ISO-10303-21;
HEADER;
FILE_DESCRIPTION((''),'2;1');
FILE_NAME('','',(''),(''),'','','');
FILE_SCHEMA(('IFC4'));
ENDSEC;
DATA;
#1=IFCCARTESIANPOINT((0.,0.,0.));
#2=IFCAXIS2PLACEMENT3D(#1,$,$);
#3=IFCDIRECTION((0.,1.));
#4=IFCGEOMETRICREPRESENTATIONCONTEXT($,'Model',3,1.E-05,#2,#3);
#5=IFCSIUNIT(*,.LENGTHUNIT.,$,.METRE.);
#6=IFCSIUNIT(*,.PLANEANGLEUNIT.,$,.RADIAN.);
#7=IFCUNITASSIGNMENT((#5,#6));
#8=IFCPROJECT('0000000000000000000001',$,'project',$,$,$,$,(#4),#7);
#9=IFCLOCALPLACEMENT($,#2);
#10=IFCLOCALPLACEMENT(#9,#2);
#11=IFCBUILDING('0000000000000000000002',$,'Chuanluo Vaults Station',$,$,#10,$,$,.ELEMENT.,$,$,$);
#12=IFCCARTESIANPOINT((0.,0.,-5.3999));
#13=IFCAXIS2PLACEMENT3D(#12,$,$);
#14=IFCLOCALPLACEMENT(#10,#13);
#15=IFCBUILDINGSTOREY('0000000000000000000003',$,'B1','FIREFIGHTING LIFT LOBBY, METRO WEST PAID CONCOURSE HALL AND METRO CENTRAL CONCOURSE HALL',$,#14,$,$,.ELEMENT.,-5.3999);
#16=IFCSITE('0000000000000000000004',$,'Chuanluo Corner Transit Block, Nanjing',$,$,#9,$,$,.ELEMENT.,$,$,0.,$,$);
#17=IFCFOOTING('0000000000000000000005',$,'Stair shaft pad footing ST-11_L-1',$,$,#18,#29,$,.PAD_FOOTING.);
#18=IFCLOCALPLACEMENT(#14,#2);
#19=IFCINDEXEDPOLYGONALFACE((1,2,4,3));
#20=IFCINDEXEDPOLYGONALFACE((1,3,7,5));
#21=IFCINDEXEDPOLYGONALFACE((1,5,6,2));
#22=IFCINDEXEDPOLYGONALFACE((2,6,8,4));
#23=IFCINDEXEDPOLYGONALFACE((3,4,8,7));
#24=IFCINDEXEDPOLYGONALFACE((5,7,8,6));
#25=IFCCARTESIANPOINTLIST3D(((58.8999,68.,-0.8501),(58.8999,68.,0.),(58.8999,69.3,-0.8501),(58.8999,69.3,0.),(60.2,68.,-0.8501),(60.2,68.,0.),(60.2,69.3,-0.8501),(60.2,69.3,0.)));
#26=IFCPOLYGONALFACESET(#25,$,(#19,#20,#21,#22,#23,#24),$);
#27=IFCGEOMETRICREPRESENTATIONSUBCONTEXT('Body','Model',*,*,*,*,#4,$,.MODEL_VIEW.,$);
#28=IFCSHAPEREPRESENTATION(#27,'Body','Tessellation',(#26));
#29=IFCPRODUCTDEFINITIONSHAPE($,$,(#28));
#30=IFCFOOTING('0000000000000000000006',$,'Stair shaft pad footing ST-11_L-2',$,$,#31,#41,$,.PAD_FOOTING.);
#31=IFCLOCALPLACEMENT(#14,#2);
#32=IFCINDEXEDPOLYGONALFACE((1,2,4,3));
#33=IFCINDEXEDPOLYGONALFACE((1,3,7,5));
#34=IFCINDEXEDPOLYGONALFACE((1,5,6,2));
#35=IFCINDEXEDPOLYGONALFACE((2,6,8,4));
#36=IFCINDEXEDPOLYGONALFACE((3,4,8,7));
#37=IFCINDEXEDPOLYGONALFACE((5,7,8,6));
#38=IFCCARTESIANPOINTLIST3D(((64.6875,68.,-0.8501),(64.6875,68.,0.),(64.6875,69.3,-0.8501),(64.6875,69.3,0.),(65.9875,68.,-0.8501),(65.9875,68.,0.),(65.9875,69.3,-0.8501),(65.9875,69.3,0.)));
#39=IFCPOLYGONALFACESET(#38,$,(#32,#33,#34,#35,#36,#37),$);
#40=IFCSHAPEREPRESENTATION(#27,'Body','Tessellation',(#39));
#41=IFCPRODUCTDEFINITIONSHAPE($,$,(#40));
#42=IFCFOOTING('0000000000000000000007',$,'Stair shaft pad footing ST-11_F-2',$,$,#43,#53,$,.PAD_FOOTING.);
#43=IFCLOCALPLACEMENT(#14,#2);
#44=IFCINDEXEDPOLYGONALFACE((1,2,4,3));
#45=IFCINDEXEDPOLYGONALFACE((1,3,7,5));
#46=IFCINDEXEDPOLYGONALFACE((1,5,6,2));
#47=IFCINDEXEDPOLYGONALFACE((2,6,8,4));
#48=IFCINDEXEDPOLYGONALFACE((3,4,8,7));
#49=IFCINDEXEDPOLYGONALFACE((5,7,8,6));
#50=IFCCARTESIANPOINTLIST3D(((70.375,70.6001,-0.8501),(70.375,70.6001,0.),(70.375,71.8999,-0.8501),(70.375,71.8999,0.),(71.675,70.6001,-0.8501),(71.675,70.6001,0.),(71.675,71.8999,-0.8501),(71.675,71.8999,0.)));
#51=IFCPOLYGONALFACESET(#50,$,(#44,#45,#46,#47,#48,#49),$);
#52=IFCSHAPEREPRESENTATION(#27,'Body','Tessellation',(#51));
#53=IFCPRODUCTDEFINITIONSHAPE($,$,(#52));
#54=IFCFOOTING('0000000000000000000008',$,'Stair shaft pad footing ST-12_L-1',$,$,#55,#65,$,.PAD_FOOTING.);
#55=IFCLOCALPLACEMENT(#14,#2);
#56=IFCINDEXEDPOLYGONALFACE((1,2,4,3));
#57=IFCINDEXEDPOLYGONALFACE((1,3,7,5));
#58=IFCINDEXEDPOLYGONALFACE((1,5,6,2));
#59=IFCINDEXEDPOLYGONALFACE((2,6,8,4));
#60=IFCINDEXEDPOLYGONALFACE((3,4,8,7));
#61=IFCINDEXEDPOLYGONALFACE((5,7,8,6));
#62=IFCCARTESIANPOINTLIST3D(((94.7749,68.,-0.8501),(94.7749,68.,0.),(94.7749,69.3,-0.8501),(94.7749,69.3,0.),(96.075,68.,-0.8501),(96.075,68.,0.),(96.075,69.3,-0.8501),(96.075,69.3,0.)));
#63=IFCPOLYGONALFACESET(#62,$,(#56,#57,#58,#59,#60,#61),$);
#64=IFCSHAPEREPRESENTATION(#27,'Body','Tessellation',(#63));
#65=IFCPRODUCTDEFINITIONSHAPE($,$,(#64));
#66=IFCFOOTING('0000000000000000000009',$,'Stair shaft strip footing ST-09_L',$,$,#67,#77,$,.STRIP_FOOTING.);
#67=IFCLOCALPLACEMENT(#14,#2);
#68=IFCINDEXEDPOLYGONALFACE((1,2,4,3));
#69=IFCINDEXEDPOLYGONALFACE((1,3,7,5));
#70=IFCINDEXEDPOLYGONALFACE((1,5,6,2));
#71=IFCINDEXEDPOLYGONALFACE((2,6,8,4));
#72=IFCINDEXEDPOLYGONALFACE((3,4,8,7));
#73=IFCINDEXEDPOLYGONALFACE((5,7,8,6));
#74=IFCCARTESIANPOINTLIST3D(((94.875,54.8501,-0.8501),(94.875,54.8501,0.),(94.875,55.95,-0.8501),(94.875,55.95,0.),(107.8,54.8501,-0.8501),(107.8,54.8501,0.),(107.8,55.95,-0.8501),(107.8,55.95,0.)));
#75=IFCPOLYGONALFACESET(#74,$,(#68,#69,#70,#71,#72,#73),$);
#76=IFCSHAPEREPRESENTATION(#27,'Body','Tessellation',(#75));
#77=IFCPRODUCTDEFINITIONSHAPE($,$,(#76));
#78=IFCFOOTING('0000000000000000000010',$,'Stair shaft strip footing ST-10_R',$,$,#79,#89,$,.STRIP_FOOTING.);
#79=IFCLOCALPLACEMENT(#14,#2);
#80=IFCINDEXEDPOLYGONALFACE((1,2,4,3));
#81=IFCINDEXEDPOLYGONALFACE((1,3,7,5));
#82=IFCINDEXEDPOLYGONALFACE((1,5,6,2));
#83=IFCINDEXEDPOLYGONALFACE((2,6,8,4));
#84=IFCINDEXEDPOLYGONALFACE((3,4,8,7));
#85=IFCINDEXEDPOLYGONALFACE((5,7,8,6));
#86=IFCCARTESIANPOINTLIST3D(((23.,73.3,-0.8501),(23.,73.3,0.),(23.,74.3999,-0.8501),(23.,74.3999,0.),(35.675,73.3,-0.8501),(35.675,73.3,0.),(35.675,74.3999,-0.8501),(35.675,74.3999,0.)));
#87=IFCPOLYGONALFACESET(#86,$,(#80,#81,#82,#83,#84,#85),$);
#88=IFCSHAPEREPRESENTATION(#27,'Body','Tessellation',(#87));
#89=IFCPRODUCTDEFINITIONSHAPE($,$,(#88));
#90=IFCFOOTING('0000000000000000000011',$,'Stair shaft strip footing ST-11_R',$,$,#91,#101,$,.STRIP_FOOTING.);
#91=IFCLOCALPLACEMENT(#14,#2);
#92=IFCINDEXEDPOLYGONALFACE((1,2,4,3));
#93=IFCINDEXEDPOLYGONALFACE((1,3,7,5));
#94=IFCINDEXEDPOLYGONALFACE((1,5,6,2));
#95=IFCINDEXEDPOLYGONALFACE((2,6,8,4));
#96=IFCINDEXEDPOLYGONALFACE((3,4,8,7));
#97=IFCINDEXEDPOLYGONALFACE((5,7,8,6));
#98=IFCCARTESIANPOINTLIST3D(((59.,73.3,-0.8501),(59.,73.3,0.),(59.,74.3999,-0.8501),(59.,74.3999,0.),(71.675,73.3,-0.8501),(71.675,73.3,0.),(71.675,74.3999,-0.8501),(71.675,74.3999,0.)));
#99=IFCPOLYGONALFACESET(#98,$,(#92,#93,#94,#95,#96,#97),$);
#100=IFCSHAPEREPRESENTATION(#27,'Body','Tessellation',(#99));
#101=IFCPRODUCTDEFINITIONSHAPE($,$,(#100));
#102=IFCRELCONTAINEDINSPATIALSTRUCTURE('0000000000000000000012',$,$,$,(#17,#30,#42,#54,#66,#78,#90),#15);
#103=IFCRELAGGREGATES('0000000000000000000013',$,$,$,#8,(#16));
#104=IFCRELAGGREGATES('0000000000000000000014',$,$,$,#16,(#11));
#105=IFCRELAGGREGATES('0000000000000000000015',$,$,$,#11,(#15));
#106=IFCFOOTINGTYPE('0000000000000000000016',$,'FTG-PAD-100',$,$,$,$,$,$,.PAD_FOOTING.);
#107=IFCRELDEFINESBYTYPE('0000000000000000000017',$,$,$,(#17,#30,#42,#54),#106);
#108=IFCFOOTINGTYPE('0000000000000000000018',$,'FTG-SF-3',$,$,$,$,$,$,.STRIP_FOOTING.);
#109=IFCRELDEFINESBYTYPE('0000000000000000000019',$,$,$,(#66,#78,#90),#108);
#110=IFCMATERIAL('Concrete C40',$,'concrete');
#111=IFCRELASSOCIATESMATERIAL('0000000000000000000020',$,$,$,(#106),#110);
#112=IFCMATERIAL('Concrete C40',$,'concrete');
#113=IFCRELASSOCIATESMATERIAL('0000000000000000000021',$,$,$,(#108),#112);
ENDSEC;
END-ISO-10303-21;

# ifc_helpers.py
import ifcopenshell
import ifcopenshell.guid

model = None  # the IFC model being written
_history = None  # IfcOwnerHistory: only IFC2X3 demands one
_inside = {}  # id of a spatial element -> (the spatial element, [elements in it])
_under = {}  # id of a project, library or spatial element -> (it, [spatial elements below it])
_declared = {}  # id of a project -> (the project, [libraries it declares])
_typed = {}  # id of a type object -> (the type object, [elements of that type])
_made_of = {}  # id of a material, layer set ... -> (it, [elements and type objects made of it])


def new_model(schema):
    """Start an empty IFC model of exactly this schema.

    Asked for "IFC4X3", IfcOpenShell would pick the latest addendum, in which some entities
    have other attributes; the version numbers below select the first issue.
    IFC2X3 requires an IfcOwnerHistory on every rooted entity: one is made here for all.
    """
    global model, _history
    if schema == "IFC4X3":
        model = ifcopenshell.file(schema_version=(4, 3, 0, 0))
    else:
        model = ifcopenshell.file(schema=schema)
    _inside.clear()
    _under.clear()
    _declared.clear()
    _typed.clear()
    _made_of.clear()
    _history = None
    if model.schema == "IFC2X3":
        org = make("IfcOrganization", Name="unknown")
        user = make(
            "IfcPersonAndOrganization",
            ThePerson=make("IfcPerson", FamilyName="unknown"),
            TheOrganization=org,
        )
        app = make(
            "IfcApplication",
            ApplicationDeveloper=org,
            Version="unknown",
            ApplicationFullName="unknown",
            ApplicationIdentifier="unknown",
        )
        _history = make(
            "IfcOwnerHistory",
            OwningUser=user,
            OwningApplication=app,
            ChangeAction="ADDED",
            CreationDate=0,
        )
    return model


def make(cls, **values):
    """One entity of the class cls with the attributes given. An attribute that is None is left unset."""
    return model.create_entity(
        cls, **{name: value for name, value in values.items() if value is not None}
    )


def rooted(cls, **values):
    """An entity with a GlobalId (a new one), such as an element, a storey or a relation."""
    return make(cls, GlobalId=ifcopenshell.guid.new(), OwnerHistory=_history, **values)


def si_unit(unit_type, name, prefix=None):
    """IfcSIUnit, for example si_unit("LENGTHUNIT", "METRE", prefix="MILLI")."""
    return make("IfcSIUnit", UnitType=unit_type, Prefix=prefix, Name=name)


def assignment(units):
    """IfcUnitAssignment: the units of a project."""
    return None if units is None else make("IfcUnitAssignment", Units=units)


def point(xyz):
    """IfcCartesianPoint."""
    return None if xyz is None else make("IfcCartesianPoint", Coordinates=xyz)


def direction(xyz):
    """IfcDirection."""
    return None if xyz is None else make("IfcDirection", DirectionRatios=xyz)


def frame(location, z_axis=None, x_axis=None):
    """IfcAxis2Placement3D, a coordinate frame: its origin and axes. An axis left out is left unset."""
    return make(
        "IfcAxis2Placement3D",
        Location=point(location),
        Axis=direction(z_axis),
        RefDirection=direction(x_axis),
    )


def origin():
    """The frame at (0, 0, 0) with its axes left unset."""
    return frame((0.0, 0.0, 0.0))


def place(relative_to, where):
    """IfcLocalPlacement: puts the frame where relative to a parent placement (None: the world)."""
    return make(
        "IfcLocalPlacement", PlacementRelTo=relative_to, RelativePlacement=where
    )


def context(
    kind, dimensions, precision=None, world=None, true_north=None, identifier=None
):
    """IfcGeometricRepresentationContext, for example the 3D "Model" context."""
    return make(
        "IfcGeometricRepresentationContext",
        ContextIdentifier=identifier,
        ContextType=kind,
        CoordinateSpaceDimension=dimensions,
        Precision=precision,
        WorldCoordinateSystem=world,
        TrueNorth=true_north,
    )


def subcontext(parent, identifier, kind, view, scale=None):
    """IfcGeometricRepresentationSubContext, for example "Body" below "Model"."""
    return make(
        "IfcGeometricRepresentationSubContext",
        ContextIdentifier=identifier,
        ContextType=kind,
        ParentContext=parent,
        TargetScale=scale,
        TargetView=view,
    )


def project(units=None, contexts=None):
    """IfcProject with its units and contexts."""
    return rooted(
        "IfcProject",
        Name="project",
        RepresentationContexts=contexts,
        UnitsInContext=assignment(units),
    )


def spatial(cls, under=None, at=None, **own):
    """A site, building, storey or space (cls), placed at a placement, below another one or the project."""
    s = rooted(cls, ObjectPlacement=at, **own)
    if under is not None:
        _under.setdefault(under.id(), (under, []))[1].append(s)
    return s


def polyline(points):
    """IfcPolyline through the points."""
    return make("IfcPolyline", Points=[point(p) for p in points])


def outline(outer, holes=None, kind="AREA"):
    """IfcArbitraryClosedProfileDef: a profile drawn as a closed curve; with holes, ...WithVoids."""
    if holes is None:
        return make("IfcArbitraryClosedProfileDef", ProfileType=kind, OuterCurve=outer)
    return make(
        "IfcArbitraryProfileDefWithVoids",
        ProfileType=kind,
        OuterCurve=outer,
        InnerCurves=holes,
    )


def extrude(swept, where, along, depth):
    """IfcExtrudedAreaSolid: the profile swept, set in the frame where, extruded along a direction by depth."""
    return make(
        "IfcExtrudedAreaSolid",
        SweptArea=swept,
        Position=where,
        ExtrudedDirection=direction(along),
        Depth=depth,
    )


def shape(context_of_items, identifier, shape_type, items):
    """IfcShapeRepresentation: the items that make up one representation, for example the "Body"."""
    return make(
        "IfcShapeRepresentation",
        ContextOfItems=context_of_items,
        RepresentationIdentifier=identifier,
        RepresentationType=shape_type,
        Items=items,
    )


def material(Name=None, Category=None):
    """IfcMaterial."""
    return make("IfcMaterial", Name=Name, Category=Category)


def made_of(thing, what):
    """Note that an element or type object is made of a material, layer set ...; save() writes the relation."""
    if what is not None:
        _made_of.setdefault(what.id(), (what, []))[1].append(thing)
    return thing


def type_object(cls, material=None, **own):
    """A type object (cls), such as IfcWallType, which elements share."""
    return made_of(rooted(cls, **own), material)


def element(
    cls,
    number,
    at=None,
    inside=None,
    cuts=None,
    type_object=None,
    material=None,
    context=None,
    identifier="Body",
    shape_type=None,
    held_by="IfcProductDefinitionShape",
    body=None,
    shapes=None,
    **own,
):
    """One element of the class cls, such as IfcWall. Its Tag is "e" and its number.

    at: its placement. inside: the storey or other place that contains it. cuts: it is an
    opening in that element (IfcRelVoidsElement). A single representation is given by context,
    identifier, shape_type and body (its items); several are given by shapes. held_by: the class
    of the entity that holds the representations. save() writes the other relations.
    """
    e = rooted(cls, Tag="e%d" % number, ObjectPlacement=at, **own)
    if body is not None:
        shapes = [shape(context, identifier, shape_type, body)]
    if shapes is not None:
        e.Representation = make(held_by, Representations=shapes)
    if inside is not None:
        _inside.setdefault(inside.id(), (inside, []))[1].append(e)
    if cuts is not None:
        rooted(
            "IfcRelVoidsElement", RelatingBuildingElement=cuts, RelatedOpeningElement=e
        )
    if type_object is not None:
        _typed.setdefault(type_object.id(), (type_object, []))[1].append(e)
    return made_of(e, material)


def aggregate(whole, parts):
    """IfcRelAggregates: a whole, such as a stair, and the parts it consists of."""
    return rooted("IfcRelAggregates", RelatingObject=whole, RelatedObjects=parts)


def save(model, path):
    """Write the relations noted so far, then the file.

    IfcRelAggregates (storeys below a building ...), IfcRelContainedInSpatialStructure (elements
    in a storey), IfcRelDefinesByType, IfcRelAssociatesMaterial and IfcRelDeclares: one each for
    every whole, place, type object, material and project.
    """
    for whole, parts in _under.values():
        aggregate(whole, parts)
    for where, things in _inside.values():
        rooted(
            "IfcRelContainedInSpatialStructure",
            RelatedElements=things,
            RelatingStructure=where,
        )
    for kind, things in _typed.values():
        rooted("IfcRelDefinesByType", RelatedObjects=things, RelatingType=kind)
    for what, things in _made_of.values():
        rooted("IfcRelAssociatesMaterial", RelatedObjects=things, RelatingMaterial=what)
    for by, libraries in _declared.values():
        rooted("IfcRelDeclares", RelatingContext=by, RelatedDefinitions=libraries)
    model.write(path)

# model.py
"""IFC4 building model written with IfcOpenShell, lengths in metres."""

from ifc_helpers import new_model, si_unit, direction, frame, origin, place, context, subcontext, project, spatial, polyline, outline, extrude, material, type_object, element, save


model = new_model("IFC4")

# Units and contexts
model_context = context("Model", 3, precision=1e-05, world=origin(), true_north=direction((0.0, 1.0)))
body_context = subcontext(model_context, "Body", "Model", "MODEL_VIEW")
ifc_project = project(units=[si_unit("LENGTHUNIT", "METRE"), si_unit("PLANEANGLEUNIT", "RADIAN")], contexts=[model_context])

# Site, building, storey
site_placement = place(None, origin())
site = spatial("IfcSite", under=ifc_project, at=site_placement, Name="Chuanluo Corner Transit Block, Nanjing", CompositionType="ELEMENT", RefElevation=0.0)
building_placement = place(site_placement, origin())
building = spatial("IfcBuilding", under=site, at=building_placement, Name="Chuanluo Vaults Station", CompositionType="ELEMENT")
storey_placement = place(building_placement, frame((0.0, 0.0, -5.3999)))
storey = spatial("IfcBuildingStorey", under=building, at=storey_placement, Name="B1", Description="FIREFIGHTING LIFT LOBBY, METRO WEST PAID CONCOURSE HALL AND METRO CENTRAL CONCOURSE HALL", CompositionType="ELEMENT", Elevation=-5.3999)

# Footings
ifc_material_1 = material(Name="Concrete C40", Category="concrete")
footing_type_1 = type_object("IfcFootingType", Name="FTG-PAD-100", PredefinedType="PAD_FOOTING", material=ifc_material_1)
footing_1_placement = place(storey_placement, frame((0.0, 0.0, -0.8501)))
element("IfcFooting", 1, at=footing_1_placement, inside=storey, type_object=footing_type_1, Name="Stair shaft pad footing ST-11_L-1", PredefinedType="PAD_FOOTING", context=body_context, shape_type="SweptSolid", body=[
    extrude(outline(polyline([(58.8999, 68.0), (60.2, 68.0), (60.2, 69.3), (58.8999, 69.3), (58.8999, 68.0)])), origin(), (0.0, 0.0, 1.0), 0.8501),
])
footing_2_placement = place(storey_placement, frame((0.0, 0.0, -0.8501)))
element("IfcFooting", 2, at=footing_2_placement, inside=storey, type_object=footing_type_1, Name="Stair shaft pad footing ST-11_L-2", PredefinedType="PAD_FOOTING", context=body_context, shape_type="SweptSolid", body=[
    extrude(outline(polyline([(64.6875, 68.0), (65.9875, 68.0), (65.9875, 69.3), (64.6875, 69.3), (64.6875, 68.0)])), origin(), (0.0, 0.0, 1.0), 0.8501),
])
footing_3_placement = place(storey_placement, frame((0.0, 0.0, -0.8501)))
element("IfcFooting", 3, at=footing_3_placement, inside=storey, type_object=footing_type_1, Name="Stair shaft pad footing ST-11_F-2", PredefinedType="PAD_FOOTING", context=body_context, shape_type="SweptSolid", body=[
    extrude(outline(polyline([(70.375, 70.6001), (71.675, 70.6001), (71.675, 71.8999), (70.375, 71.8999), (70.375, 70.6001)])), origin(), (0.0, 0.0, 1.0), 0.8501),
])
footing_4_placement = place(storey_placement, frame((0.0, 0.0, -0.8501)))
element("IfcFooting", 4, at=footing_4_placement, inside=storey, type_object=footing_type_1, Name="Stair shaft pad footing ST-12_L-1", PredefinedType="PAD_FOOTING", context=body_context, shape_type="SweptSolid", body=[
    extrude(outline(polyline([(94.7749, 68.0), (96.075, 68.0), (96.075, 69.3), (94.7749, 69.3), (94.7749, 68.0)])), origin(), (0.0, 0.0, 1.0), 0.8501),
])
ifc_material_2 = material(Name="Concrete C40", Category="concrete")
footing_type_2 = type_object("IfcFootingType", Name="FTG-SF-3", PredefinedType="STRIP_FOOTING", material=ifc_material_2)
footing_5_placement = place(storey_placement, frame((0.0, 0.0, -0.8501)))
element("IfcFooting", 5, at=footing_5_placement, inside=storey, type_object=footing_type_2, Name="Stair shaft strip footing ST-09_L", PredefinedType="STRIP_FOOTING", context=body_context, shape_type="SweptSolid", body=[
    extrude(outline(polyline([(94.875, 54.8501), (107.8, 54.8501), (107.8, 55.95), (94.875, 55.95), (94.875, 54.8501)])), origin(), (0.0, 0.0, 1.0), 0.8501),
])
footing_6_placement = place(storey_placement, frame((0.0, 0.0, -0.8501)))
element("IfcFooting", 6, at=footing_6_placement, inside=storey, type_object=footing_type_2, Name="Stair shaft strip footing ST-10_R", PredefinedType="STRIP_FOOTING", context=body_context, shape_type="SweptSolid", body=[
    extrude(outline(polyline([(23.0, 73.3), (35.675, 73.3), (35.675, 74.3999), (23.0, 74.3999), (23.0, 73.3)])), origin(), (0.0, 0.0, 1.0), 0.8501),
])
footing_7_placement = place(storey_placement, frame((0.0, 0.0, -0.8501)))
element("IfcFooting", 7, at=footing_7_placement, inside=storey, type_object=footing_type_2, Name="Stair shaft strip footing ST-11_R", PredefinedType="STRIP_FOOTING", context=body_context, shape_type="SweptSolid", body=[
    extrude(outline(polyline([(59.0, 73.3), (71.675, 73.3), (71.675, 74.3999), (59.0, 74.3999), (59.0, 73.3)])), origin(), (0.0, 0.0, 1.0), 0.8501),
])

save(model, "model.ifc")
